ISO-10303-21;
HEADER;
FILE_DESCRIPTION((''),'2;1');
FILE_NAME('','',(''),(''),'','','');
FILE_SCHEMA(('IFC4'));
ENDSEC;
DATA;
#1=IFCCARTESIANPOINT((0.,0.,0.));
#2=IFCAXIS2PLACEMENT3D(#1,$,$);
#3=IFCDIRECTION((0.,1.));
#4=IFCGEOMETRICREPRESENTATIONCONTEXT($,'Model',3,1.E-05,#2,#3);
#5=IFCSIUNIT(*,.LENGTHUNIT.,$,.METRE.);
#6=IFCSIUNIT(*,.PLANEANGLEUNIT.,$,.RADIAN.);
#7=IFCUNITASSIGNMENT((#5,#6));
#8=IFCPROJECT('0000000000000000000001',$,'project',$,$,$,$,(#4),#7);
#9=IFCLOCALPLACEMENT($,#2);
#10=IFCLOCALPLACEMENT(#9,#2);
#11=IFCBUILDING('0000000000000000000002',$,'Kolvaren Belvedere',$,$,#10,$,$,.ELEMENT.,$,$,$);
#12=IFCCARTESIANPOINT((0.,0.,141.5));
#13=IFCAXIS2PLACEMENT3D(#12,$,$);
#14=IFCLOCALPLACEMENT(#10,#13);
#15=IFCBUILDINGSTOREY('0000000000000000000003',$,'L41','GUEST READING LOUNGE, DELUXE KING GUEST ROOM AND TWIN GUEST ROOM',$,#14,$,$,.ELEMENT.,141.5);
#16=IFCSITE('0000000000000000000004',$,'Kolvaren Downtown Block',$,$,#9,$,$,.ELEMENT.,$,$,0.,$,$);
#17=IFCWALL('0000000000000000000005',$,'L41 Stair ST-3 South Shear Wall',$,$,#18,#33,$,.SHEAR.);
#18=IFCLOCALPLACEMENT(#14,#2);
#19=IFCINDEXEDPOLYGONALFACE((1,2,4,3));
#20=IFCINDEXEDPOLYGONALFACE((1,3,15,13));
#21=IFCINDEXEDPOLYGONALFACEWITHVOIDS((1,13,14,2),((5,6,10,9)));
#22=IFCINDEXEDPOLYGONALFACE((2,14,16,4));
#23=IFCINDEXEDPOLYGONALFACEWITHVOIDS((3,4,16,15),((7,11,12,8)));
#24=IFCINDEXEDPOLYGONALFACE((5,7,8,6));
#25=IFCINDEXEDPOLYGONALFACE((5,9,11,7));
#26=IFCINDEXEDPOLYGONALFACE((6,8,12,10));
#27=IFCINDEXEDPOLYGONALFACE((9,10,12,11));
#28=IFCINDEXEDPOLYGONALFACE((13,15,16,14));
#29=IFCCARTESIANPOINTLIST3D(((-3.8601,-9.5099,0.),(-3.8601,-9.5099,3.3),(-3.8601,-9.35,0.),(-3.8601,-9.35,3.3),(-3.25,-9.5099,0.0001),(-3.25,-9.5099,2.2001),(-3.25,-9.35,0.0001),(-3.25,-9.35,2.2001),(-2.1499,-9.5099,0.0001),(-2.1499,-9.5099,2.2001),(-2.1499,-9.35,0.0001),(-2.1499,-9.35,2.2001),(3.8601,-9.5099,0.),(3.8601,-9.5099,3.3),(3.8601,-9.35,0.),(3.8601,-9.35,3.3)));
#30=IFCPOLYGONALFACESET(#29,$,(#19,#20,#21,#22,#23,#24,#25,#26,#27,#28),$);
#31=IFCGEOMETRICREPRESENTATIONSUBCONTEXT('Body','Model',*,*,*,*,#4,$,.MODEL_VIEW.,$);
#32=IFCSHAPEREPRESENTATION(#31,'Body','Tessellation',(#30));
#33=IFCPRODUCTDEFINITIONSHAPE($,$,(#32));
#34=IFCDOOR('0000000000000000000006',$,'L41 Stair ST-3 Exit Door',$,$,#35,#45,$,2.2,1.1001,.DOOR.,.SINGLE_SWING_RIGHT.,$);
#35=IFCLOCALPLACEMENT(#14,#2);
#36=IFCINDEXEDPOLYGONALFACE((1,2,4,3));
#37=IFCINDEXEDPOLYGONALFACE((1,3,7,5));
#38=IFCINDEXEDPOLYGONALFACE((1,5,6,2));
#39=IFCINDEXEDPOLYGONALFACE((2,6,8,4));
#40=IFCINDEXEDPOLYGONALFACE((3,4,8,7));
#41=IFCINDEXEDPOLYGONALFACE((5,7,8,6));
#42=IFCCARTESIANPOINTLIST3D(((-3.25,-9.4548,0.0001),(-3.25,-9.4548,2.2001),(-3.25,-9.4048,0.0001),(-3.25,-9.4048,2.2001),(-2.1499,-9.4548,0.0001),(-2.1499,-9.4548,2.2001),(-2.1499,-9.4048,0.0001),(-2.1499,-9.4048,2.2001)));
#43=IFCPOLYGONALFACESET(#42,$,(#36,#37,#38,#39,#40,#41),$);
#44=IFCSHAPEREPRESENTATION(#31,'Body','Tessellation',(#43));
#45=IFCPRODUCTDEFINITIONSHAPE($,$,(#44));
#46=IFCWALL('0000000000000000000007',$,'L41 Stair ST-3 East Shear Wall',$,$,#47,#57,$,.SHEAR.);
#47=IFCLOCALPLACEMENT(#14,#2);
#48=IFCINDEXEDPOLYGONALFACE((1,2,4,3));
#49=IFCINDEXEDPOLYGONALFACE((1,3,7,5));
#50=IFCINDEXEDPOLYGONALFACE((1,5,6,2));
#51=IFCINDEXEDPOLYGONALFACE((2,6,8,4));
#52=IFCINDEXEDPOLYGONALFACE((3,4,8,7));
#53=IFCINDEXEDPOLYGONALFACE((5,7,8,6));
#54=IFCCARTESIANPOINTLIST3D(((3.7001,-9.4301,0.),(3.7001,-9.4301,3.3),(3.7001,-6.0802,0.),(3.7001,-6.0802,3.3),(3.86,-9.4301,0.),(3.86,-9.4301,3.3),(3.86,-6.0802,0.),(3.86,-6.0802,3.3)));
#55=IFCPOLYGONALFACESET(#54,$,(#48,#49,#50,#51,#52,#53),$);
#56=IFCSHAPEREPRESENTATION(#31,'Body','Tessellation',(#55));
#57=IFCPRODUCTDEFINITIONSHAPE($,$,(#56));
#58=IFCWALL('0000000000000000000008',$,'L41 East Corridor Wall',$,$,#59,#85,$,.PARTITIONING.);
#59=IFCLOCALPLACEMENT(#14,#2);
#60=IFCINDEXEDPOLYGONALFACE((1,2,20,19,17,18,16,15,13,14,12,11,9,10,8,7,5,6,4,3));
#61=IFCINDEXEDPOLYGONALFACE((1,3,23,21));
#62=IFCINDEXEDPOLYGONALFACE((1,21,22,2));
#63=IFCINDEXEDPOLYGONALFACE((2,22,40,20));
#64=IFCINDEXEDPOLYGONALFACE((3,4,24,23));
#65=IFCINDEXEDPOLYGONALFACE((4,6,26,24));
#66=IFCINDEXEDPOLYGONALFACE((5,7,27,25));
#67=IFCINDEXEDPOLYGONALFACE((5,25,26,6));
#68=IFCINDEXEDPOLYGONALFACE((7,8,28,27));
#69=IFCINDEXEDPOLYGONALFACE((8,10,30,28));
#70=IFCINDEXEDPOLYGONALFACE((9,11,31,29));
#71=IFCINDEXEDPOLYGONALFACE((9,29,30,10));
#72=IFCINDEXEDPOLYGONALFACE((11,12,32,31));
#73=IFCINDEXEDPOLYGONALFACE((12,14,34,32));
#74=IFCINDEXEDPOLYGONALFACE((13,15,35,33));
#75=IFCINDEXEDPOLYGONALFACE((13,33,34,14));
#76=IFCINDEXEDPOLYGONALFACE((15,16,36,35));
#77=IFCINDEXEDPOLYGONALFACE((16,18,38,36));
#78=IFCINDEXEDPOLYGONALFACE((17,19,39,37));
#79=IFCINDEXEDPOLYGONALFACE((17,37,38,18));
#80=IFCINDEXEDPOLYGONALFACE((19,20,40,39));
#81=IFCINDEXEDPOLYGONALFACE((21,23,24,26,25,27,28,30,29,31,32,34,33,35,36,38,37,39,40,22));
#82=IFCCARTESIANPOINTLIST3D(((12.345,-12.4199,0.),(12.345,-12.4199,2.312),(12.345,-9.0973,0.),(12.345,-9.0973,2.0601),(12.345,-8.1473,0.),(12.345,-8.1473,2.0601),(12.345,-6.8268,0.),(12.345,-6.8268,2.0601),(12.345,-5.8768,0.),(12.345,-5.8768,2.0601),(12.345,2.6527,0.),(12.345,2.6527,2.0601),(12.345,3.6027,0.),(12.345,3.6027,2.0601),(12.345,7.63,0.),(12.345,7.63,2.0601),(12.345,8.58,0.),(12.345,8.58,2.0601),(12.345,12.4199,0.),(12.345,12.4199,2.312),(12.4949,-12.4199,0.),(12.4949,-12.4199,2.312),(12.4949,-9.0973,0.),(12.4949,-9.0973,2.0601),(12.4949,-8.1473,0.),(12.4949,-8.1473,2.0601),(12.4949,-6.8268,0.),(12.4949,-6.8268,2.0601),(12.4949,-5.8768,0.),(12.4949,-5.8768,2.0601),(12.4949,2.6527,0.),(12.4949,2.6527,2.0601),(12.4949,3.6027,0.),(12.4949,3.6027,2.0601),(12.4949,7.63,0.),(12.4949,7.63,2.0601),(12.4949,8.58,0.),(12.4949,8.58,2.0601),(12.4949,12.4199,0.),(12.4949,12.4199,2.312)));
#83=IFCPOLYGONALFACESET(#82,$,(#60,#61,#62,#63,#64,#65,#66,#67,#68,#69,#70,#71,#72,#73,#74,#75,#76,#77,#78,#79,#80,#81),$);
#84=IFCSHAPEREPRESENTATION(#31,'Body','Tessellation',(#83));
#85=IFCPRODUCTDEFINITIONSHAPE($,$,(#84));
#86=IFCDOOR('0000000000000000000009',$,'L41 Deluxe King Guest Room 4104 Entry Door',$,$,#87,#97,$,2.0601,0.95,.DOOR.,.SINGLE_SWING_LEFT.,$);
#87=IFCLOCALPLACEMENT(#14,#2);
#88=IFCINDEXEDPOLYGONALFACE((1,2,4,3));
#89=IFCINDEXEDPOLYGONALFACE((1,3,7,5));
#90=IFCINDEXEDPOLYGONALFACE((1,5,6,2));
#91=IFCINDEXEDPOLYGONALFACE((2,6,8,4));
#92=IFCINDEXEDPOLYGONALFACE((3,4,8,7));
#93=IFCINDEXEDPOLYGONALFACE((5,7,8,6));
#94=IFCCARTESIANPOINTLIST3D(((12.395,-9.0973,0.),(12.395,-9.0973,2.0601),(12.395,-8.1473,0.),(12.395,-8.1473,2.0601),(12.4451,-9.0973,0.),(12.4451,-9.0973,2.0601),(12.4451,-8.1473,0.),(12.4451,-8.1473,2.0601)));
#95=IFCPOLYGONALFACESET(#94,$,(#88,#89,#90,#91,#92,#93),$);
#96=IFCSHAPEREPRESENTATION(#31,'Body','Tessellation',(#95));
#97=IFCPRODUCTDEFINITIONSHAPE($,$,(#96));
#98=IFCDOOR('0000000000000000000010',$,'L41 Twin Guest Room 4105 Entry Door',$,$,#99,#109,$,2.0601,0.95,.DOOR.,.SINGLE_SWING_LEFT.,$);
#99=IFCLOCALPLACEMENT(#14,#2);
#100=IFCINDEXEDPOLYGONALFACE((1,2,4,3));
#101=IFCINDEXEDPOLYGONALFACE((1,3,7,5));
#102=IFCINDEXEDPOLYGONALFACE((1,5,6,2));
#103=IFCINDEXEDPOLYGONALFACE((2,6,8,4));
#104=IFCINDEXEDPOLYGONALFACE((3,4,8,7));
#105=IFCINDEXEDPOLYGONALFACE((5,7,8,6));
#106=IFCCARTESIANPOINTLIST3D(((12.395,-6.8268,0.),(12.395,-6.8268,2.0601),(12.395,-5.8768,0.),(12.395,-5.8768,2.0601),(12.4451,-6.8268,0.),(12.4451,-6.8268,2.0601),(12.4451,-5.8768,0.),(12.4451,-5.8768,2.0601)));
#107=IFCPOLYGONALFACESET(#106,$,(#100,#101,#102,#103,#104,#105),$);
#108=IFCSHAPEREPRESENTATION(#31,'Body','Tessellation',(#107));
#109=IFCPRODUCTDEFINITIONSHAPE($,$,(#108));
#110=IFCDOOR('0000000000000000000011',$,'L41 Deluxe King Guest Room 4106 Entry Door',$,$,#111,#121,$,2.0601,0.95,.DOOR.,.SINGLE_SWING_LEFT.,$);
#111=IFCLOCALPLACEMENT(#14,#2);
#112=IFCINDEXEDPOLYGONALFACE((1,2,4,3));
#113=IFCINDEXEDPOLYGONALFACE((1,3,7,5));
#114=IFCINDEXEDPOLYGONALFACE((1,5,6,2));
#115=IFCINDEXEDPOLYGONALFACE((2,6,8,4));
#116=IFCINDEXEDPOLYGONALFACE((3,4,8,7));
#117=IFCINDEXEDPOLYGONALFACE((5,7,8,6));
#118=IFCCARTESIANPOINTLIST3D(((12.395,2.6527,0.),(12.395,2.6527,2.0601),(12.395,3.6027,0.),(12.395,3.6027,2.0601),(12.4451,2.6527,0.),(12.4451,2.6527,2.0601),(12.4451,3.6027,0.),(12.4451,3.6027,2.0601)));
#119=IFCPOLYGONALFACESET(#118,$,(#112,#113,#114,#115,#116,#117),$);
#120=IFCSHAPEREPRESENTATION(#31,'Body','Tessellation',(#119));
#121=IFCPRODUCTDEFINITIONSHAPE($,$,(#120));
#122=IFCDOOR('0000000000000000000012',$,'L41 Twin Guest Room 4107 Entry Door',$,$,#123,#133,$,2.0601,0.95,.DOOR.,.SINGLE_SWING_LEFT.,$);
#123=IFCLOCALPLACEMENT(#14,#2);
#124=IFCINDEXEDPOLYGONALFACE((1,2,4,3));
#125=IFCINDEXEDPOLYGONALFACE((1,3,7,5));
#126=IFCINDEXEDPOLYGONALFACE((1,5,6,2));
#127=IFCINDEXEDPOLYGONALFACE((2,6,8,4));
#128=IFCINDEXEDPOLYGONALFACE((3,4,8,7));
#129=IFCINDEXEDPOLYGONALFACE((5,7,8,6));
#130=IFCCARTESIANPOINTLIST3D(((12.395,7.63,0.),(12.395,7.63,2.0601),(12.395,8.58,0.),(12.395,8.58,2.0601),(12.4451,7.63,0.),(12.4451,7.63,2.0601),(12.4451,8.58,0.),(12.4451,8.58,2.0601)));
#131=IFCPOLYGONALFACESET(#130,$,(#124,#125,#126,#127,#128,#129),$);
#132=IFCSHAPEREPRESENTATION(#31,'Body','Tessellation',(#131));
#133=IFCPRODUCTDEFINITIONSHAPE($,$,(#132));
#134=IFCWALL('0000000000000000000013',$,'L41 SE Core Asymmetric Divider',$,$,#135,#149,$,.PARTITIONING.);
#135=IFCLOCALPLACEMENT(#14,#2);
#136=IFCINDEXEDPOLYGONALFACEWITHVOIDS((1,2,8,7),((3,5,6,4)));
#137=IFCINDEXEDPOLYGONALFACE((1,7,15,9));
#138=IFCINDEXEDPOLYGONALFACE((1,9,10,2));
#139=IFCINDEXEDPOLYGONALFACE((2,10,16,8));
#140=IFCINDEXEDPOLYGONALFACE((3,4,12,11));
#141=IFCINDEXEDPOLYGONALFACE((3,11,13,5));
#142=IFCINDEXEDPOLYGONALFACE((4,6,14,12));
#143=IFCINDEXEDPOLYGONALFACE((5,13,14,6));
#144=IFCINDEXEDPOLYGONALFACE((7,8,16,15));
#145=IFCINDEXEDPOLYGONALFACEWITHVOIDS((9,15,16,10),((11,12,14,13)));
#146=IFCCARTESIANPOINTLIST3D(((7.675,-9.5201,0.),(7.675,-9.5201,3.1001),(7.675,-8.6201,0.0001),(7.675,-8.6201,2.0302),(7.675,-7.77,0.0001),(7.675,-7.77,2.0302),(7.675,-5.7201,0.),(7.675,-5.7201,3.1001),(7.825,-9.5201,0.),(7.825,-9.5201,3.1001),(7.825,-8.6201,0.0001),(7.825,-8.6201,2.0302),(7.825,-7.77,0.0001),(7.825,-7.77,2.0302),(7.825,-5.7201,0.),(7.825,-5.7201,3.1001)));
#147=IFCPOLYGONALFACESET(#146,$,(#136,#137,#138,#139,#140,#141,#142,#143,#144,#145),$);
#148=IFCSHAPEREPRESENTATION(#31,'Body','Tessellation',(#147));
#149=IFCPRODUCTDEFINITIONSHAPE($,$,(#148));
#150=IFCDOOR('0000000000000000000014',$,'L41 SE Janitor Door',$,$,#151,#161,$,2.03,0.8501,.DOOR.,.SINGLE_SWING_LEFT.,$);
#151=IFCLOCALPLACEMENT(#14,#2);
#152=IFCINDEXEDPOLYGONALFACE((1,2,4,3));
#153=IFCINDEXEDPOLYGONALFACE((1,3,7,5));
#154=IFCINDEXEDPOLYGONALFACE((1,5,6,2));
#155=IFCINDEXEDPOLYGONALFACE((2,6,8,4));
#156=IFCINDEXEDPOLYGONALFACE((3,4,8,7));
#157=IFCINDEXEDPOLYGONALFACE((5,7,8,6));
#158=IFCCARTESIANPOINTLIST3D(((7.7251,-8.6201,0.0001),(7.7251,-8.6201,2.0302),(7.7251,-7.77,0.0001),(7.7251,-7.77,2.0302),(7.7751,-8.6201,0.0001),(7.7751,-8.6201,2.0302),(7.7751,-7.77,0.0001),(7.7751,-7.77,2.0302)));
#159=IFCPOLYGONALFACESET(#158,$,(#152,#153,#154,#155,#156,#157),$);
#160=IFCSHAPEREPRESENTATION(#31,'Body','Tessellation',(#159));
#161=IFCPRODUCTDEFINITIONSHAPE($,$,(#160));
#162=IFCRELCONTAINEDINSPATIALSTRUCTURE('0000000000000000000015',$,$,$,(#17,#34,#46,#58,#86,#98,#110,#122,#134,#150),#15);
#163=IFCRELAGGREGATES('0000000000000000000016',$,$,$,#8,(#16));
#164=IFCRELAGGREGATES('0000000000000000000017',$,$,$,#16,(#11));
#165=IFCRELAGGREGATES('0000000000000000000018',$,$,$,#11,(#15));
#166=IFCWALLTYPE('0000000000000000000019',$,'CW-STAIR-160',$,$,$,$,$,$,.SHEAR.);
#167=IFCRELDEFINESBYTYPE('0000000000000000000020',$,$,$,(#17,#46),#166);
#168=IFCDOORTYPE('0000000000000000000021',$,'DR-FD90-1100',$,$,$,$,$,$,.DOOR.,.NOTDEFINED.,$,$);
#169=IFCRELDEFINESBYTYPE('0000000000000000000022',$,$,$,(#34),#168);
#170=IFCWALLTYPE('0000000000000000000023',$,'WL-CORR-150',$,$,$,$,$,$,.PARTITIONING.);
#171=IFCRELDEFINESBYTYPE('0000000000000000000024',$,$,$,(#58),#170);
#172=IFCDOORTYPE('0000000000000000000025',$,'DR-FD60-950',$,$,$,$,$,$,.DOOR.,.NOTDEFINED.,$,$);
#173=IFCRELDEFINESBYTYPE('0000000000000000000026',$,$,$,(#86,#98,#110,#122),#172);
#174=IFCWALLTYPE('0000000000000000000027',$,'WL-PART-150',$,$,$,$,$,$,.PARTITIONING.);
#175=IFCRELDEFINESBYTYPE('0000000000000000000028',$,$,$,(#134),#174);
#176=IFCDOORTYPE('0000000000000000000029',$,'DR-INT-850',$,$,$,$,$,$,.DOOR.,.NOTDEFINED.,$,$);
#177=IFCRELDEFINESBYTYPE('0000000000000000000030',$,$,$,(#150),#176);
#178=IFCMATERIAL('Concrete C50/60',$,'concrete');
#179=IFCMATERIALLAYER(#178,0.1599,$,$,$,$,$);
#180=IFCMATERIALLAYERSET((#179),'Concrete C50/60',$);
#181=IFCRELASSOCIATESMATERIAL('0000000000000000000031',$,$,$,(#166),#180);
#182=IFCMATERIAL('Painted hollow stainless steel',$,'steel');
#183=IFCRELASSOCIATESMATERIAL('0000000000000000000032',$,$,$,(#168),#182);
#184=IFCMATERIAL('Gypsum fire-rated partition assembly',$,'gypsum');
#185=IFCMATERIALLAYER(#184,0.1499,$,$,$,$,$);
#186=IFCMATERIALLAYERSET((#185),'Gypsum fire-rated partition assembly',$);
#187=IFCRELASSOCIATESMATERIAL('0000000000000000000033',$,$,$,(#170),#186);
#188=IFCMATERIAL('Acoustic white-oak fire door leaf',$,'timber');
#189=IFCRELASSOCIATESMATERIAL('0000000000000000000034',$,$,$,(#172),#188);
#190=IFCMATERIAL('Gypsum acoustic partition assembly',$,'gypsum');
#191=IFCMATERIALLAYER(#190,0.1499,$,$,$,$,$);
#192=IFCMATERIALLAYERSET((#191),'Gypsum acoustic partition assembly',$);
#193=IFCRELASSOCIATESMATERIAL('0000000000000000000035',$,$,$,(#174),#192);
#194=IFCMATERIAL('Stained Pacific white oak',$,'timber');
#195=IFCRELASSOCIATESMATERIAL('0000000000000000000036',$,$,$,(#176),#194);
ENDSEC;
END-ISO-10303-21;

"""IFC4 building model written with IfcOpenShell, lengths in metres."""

from ifc_helpers import new_model, si_unit, direction, frame, frame_2d, origin, place, context, subcontext, project, spatial, rectangle, extrude, material, layer, layer_set, type_object, element, fill, save


model = new_model("IFC4")

# Units and contexts
model_context = context("Model", 3, precision=1e-05, world=origin(), true_north=direction((0.0, 1.0)))
body_context = subcontext(model_context, "Body", "Model", "MODEL_VIEW")
ifc_project = project(units=[si_unit("LENGTHUNIT", "METRE"), si_unit("PLANEANGLEUNIT", "RADIAN")], contexts=[model_context])

# Site, building, storey
site_placement = place(None, origin())
site = spatial("IfcSite", under=ifc_project, at=site_placement, Name="Kolvaren Downtown Block", CompositionType="ELEMENT", RefElevation=0.0)
building_placement = place(site_placement, origin())
building = spatial("IfcBuilding", under=site, at=building_placement, Name="Kolvaren Belvedere", CompositionType="ELEMENT")
storey_placement = place(building_placement, frame((0.0, 0.0, 141.5)))
storey = spatial("IfcBuildingStorey", under=building, at=storey_placement, Name="L41", Description="GUEST READING LOUNGE, DELUXE KING GUEST ROOM AND TWIN GUEST ROOM", CompositionType="ELEMENT", Elevation=141.5)

# Wall, opening, door
ifc_material_1 = material(Name="Concrete C50/60", Category="concrete")
ifc_layer_1 = layer(ifc_material_1, 0.1599)
ifc_layer_set_1 = layer_set([ifc_layer_1], Name="Concrete C50/60")
wall_type_1 = type_object("IfcWallType", Name="CW-STAIR-160", PredefinedType="SHEAR", material=ifc_layer_set_1)
wall_1_placement = place(storey_placement, frame((3.8601, -9.4299, 0.0), z_axis=(0.0, 0.0, 1.0), x_axis=(-1.0, 0.0, 0.0)))
wall_1 = element("IfcWall", 1, at=wall_1_placement, inside=storey, type_object=wall_type_1, Name="L41 Stair ST-3 South Shear Wall", PredefinedType="SHEAR", context=body_context, shape_type="SweptSolid", body=[
    extrude(rectangle(XDim=7.7202, YDim=0.1599, at=frame_2d((3.8601, 0.0))), origin(), (0.0, 0.0, 1.0), 3.3),
])
opening_1_placement = place(wall_1_placement, frame((6.01, 0.0, 0.0)))
opening_1 = element("IfcOpeningElement", 2, at=opening_1_placement, cuts=wall_1, PredefinedType="OPENING", context=body_context, shape_type="SweptSolid", body=[
    extrude(rectangle(XDim=1.1001, YDim=2.2, at=frame_2d((0.55, 1.1001))), frame((0.0, 0.0898, 0.0), z_axis=(0.0, -1.0, 0.0), x_axis=(1.0, 0.0, 0.0)), (0.0, 0.0, 1.0), 0.1799),
])
ifc_material_2 = material(Name="Painted hollow stainless steel", Category="steel")
door_type_1 = type_object("IfcDoorType", Name="DR-FD90-1100", OperationType="NOTDEFINED", PredefinedType="DOOR", material=ifc_material_2)
door_1_placement = place(opening_1_placement, origin())
door_1 = element("IfcDoor", 3, at=door_1_placement, inside=storey, type_object=door_type_1, Name="L41 Stair ST-3 Exit Door", OperationType="SINGLE_SWING_RIGHT", OverallHeight=2.2, OverallWidth=1.1001, PredefinedType="DOOR", context=body_context, shape_type="SweptSolid", body=[
    extrude(rectangle(XDim=1.1001, YDim=2.2, at=frame_2d((0.55, 1.1001))), frame((0.0, 0.0249, 0.0), z_axis=(0.0, -1.0, 0.0), x_axis=(1.0, 0.0, 0.0)), (0.0, 0.0, 1.0), 0.05),
])
fill(opening_1, door_1)

# Wall
wall_2_placement = place(storey_placement, frame((3.78, -9.4299, 0.0), z_axis=(0.0, 0.0, 1.0), x_axis=(0.0, 1.0, 0.0)))
element("IfcWall", 4, at=wall_2_placement, inside=storey, type_object=wall_type_1, Name="L41 Stair ST-3 East Shear Wall", PredefinedType="SHEAR", context=body_context, shape_type="SweptSolid", body=[
    extrude(rectangle(XDim=3.3499, YDim=0.1599, at=frame_2d((1.6748, 0.0))), origin(), (0.0, 0.0, 1.0), 3.3),
])

# Wall, openings, doors
ifc_material_3 = material(Name="Gypsum fire-rated partition assembly", Category="gypsum")
ifc_layer_2 = layer(ifc_material_3, 0.1499)
ifc_layer_set_2 = layer_set([ifc_layer_2], Name="Gypsum fire-rated partition assembly")
wall_type_2 = type_object("IfcWallType", Name="WL-CORR-150", PredefinedType="PARTITIONING", material=ifc_layer_set_2)
wall_3_placement = place(storey_placement, frame((12.4199, -12.4199, 0.0), z_axis=(0.0, 0.0, 1.0), x_axis=(0.0, 1.0, 0.0)))
wall_3 = element("IfcWall", 5, at=wall_3_placement, inside=storey, type_object=wall_type_2, Name="L41 East Corridor Wall", PredefinedType="PARTITIONING", context=body_context, shape_type="SweptSolid", body=[
    extrude(rectangle(XDim=24.8398, YDim=0.1499, at=frame_2d((12.4199, 0.0))), origin(), (0.0, 0.0, 1.0), 2.312),
])
opening_2_placement = place(wall_3_placement, frame((3.3225, 0.0, 0.0)))
opening_2 = element("IfcOpeningElement", 6, at=opening_2_placement, cuts=wall_3, PredefinedType="OPENING", context=body_context, shape_type="SweptSolid", body=[
    extrude(rectangle(XDim=0.95, YDim=2.0601, at=frame_2d((0.4751, 1.03))), frame((0.0, 0.085, 0.0), z_axis=(0.0, -1.0, 0.0), x_axis=(1.0, 0.0, 0.0)), (0.0, 0.0, 1.0), 0.1699),
])
opening_3_placement = place(wall_3_placement, frame((5.593, 0.0, 0.0)))
opening_3 = element("IfcOpeningElement", 7, at=opening_3_placement, cuts=wall_3, PredefinedType="OPENING", context=body_context, shape_type="SweptSolid", body=[
    extrude(rectangle(XDim=0.95, YDim=2.0601, at=frame_2d((0.4751, 1.03))), frame((0.0, 0.085, 0.0), z_axis=(0.0, -1.0, 0.0), x_axis=(1.0, 0.0, 0.0)), (0.0, 0.0, 1.0), 0.1699),
])
opening_4_placement = place(wall_3_placement, frame((15.0725, 0.0, 0.0)))
opening_4 = element("IfcOpeningElement", 8, at=opening_4_placement, cuts=wall_3, PredefinedType="OPENING", context=body_context, shape_type="SweptSolid", body=[
    extrude(rectangle(XDim=0.95, YDim=2.0601, at=frame_2d((0.4751, 1.03))), frame((0.0, 0.085, 0.0), z_axis=(0.0, -1.0, 0.0), x_axis=(1.0, 0.0, 0.0)), (0.0, 0.0, 1.0), 0.1699),
])
opening_5_placement = place(wall_3_placement, frame((20.0498, 0.0, 0.0)))
opening_5 = element("IfcOpeningElement", 9, at=opening_5_placement, cuts=wall_3, PredefinedType="OPENING", context=body_context, shape_type="SweptSolid", body=[
    extrude(rectangle(XDim=0.95, YDim=2.0601, at=frame_2d((0.4751, 1.03))), frame((0.0, 0.085, 0.0), z_axis=(0.0, -1.0, 0.0), x_axis=(1.0, 0.0, 0.0)), (0.0, 0.0, 1.0), 0.1699),
])
ifc_material_4 = material(Name="Acoustic white-oak fire door leaf", Category="timber")
door_type_2 = type_object("IfcDoorType", Name="DR-FD60-950", OperationType="NOTDEFINED", PredefinedType="DOOR", material=ifc_material_4)
door_2_placement = place(opening_2_placement, origin())
door_2 = element("IfcDoor", 10, at=door_2_placement, inside=storey, type_object=door_type_2, Name="L41 Deluxe King Guest Room 4104 Entry Door", OperationType="SINGLE_SWING_LEFT", OverallHeight=2.0601, OverallWidth=0.95, PredefinedType="DOOR", context=body_context, shape_type="SweptSolid", body=[
    extrude(rectangle(XDim=0.95, YDim=2.0601, at=frame_2d((0.4751, 1.03))), frame((0.0, 0.0249, 0.0), z_axis=(0.0, -1.0, 0.0), x_axis=(1.0, 0.0, 0.0)), (0.0, 0.0, 1.0), 0.05),
])
fill(opening_2, door_2)
door_3_placement = place(opening_3_placement, origin())
door_3 = element("IfcDoor", 11, at=door_3_placement, inside=storey, type_object=door_type_2, Name="L41 Twin Guest Room 4105 Entry Door", OperationType="SINGLE_SWING_LEFT", OverallHeight=2.0601, OverallWidth=0.95, PredefinedType="DOOR", context=body_context, shape_type="SweptSolid", body=[
    extrude(rectangle(XDim=0.95, YDim=2.0601, at=frame_2d((0.4751, 1.03))), frame((0.0, 0.0249, 0.0), z_axis=(0.0, -1.0, 0.0), x_axis=(1.0, 0.0, 0.0)), (0.0, 0.0, 1.0), 0.05),
])
fill(opening_3, door_3)
door_4_placement = place(opening_4_placement, origin())
door_4 = element("IfcDoor", 12, at=door_4_placement, inside=storey, type_object=door_type_2, Name="L41 Deluxe King Guest Room 4106 Entry Door", OperationType="SINGLE_SWING_LEFT", OverallHeight=2.0601, OverallWidth=0.95, PredefinedType="DOOR", context=body_context, shape_type="SweptSolid", body=[
    extrude(rectangle(XDim=0.95, YDim=2.0601, at=frame_2d((0.4751, 1.03))), frame((0.0, 0.0249, 0.0), z_axis=(0.0, -1.0, 0.0), x_axis=(1.0, 0.0, 0.0)), (0.0, 0.0, 1.0), 0.05),
])
fill(opening_4, door_4)
door_5_placement = place(opening_5_placement, origin())
door_5 = element("IfcDoor", 13, at=door_5_placement, inside=storey, type_object=door_type_2, Name="L41 Twin Guest Room 4107 Entry Door", OperationType="SINGLE_SWING_LEFT", OverallHeight=2.0601, OverallWidth=0.95, PredefinedType="DOOR", context=body_context, shape_type="SweptSolid", body=[
    extrude(rectangle(XDim=0.95, YDim=2.0601, at=frame_2d((0.4751, 1.03))), frame((0.0, 0.0249, 0.0), z_axis=(0.0, -1.0, 0.0), x_axis=(1.0, 0.0, 0.0)), (0.0, 0.0, 1.0), 0.05),
])
fill(opening_5, door_5)

# Wall, opening, door
ifc_material_5 = material(Name="Gypsum acoustic partition assembly", Category="gypsum")
ifc_layer_3 = layer(ifc_material_5, 0.1499)
ifc_layer_set_3 = layer_set([ifc_layer_3], Name="Gypsum acoustic partition assembly")
wall_type_3 = type_object("IfcWallType", Name="WL-PART-150", PredefinedType="PARTITIONING", material=ifc_layer_set_3)
wall_4_placement = place(storey_placement, frame((7.75, -9.52, 0.0), z_axis=(0.0, 0.0, 1.0), x_axis=(0.0, 1.0, 0.0)))
wall_4 = element("IfcWall", 14, at=wall_4_placement, inside=storey, type_object=wall_type_3, Name="L41 SE Core Asymmetric Divider", PredefinedType="PARTITIONING", context=body_context, shape_type="SweptSolid", body=[
    extrude(rectangle(XDim=3.8, YDim=0.1499, at=frame_2d((1.8999, 0.0))), origin(), (0.0, 0.0, 1.0), 3.1001),
])
opening_6_placement = place(wall_4_placement, frame((0.8999, 0.0, 0.0)))
opening_6 = element("IfcOpeningElement", 15, at=opening_6_placement, cuts=wall_4, PredefinedType="OPENING", context=body_context, shape_type="SweptSolid", body=[
    extrude(rectangle(XDim=0.8501, YDim=2.03, at=frame_2d((0.425, 1.0151))), frame((0.0, 0.085, 0.0), z_axis=(0.0, -1.0, 0.0), x_axis=(1.0, 0.0, 0.0)), (0.0, 0.0, 1.0), 0.1699),
])
ifc_material_6 = material(Name="Stained Pacific white oak", Category="timber")
door_type_3 = type_object("IfcDoorType", Name="DR-INT-850", OperationType="NOTDEFINED", PredefinedType="DOOR", material=ifc_material_6)
door_6_placement = place(opening_6_placement, origin())
door_6 = element("IfcDoor", 16, at=door_6_placement, inside=storey, type_object=door_type_3, Name="L41 SE Janitor Door", OperationType="SINGLE_SWING_LEFT", OverallHeight=2.03, OverallWidth=0.8501, PredefinedType="DOOR", context=body_context, shape_type="SweptSolid", body=[
    extrude(rectangle(XDim=0.8501, YDim=2.03, at=frame_2d((0.425, 1.0151))), frame((0.0, 0.0249, 0.0), z_axis=(0.0, -1.0, 0.0), x_axis=(1.0, 0.0, 0.0)), (0.0, 0.0, 1.0), 0.05),
])
fill(opening_6, door_6)

save(model, "model.ifc")
